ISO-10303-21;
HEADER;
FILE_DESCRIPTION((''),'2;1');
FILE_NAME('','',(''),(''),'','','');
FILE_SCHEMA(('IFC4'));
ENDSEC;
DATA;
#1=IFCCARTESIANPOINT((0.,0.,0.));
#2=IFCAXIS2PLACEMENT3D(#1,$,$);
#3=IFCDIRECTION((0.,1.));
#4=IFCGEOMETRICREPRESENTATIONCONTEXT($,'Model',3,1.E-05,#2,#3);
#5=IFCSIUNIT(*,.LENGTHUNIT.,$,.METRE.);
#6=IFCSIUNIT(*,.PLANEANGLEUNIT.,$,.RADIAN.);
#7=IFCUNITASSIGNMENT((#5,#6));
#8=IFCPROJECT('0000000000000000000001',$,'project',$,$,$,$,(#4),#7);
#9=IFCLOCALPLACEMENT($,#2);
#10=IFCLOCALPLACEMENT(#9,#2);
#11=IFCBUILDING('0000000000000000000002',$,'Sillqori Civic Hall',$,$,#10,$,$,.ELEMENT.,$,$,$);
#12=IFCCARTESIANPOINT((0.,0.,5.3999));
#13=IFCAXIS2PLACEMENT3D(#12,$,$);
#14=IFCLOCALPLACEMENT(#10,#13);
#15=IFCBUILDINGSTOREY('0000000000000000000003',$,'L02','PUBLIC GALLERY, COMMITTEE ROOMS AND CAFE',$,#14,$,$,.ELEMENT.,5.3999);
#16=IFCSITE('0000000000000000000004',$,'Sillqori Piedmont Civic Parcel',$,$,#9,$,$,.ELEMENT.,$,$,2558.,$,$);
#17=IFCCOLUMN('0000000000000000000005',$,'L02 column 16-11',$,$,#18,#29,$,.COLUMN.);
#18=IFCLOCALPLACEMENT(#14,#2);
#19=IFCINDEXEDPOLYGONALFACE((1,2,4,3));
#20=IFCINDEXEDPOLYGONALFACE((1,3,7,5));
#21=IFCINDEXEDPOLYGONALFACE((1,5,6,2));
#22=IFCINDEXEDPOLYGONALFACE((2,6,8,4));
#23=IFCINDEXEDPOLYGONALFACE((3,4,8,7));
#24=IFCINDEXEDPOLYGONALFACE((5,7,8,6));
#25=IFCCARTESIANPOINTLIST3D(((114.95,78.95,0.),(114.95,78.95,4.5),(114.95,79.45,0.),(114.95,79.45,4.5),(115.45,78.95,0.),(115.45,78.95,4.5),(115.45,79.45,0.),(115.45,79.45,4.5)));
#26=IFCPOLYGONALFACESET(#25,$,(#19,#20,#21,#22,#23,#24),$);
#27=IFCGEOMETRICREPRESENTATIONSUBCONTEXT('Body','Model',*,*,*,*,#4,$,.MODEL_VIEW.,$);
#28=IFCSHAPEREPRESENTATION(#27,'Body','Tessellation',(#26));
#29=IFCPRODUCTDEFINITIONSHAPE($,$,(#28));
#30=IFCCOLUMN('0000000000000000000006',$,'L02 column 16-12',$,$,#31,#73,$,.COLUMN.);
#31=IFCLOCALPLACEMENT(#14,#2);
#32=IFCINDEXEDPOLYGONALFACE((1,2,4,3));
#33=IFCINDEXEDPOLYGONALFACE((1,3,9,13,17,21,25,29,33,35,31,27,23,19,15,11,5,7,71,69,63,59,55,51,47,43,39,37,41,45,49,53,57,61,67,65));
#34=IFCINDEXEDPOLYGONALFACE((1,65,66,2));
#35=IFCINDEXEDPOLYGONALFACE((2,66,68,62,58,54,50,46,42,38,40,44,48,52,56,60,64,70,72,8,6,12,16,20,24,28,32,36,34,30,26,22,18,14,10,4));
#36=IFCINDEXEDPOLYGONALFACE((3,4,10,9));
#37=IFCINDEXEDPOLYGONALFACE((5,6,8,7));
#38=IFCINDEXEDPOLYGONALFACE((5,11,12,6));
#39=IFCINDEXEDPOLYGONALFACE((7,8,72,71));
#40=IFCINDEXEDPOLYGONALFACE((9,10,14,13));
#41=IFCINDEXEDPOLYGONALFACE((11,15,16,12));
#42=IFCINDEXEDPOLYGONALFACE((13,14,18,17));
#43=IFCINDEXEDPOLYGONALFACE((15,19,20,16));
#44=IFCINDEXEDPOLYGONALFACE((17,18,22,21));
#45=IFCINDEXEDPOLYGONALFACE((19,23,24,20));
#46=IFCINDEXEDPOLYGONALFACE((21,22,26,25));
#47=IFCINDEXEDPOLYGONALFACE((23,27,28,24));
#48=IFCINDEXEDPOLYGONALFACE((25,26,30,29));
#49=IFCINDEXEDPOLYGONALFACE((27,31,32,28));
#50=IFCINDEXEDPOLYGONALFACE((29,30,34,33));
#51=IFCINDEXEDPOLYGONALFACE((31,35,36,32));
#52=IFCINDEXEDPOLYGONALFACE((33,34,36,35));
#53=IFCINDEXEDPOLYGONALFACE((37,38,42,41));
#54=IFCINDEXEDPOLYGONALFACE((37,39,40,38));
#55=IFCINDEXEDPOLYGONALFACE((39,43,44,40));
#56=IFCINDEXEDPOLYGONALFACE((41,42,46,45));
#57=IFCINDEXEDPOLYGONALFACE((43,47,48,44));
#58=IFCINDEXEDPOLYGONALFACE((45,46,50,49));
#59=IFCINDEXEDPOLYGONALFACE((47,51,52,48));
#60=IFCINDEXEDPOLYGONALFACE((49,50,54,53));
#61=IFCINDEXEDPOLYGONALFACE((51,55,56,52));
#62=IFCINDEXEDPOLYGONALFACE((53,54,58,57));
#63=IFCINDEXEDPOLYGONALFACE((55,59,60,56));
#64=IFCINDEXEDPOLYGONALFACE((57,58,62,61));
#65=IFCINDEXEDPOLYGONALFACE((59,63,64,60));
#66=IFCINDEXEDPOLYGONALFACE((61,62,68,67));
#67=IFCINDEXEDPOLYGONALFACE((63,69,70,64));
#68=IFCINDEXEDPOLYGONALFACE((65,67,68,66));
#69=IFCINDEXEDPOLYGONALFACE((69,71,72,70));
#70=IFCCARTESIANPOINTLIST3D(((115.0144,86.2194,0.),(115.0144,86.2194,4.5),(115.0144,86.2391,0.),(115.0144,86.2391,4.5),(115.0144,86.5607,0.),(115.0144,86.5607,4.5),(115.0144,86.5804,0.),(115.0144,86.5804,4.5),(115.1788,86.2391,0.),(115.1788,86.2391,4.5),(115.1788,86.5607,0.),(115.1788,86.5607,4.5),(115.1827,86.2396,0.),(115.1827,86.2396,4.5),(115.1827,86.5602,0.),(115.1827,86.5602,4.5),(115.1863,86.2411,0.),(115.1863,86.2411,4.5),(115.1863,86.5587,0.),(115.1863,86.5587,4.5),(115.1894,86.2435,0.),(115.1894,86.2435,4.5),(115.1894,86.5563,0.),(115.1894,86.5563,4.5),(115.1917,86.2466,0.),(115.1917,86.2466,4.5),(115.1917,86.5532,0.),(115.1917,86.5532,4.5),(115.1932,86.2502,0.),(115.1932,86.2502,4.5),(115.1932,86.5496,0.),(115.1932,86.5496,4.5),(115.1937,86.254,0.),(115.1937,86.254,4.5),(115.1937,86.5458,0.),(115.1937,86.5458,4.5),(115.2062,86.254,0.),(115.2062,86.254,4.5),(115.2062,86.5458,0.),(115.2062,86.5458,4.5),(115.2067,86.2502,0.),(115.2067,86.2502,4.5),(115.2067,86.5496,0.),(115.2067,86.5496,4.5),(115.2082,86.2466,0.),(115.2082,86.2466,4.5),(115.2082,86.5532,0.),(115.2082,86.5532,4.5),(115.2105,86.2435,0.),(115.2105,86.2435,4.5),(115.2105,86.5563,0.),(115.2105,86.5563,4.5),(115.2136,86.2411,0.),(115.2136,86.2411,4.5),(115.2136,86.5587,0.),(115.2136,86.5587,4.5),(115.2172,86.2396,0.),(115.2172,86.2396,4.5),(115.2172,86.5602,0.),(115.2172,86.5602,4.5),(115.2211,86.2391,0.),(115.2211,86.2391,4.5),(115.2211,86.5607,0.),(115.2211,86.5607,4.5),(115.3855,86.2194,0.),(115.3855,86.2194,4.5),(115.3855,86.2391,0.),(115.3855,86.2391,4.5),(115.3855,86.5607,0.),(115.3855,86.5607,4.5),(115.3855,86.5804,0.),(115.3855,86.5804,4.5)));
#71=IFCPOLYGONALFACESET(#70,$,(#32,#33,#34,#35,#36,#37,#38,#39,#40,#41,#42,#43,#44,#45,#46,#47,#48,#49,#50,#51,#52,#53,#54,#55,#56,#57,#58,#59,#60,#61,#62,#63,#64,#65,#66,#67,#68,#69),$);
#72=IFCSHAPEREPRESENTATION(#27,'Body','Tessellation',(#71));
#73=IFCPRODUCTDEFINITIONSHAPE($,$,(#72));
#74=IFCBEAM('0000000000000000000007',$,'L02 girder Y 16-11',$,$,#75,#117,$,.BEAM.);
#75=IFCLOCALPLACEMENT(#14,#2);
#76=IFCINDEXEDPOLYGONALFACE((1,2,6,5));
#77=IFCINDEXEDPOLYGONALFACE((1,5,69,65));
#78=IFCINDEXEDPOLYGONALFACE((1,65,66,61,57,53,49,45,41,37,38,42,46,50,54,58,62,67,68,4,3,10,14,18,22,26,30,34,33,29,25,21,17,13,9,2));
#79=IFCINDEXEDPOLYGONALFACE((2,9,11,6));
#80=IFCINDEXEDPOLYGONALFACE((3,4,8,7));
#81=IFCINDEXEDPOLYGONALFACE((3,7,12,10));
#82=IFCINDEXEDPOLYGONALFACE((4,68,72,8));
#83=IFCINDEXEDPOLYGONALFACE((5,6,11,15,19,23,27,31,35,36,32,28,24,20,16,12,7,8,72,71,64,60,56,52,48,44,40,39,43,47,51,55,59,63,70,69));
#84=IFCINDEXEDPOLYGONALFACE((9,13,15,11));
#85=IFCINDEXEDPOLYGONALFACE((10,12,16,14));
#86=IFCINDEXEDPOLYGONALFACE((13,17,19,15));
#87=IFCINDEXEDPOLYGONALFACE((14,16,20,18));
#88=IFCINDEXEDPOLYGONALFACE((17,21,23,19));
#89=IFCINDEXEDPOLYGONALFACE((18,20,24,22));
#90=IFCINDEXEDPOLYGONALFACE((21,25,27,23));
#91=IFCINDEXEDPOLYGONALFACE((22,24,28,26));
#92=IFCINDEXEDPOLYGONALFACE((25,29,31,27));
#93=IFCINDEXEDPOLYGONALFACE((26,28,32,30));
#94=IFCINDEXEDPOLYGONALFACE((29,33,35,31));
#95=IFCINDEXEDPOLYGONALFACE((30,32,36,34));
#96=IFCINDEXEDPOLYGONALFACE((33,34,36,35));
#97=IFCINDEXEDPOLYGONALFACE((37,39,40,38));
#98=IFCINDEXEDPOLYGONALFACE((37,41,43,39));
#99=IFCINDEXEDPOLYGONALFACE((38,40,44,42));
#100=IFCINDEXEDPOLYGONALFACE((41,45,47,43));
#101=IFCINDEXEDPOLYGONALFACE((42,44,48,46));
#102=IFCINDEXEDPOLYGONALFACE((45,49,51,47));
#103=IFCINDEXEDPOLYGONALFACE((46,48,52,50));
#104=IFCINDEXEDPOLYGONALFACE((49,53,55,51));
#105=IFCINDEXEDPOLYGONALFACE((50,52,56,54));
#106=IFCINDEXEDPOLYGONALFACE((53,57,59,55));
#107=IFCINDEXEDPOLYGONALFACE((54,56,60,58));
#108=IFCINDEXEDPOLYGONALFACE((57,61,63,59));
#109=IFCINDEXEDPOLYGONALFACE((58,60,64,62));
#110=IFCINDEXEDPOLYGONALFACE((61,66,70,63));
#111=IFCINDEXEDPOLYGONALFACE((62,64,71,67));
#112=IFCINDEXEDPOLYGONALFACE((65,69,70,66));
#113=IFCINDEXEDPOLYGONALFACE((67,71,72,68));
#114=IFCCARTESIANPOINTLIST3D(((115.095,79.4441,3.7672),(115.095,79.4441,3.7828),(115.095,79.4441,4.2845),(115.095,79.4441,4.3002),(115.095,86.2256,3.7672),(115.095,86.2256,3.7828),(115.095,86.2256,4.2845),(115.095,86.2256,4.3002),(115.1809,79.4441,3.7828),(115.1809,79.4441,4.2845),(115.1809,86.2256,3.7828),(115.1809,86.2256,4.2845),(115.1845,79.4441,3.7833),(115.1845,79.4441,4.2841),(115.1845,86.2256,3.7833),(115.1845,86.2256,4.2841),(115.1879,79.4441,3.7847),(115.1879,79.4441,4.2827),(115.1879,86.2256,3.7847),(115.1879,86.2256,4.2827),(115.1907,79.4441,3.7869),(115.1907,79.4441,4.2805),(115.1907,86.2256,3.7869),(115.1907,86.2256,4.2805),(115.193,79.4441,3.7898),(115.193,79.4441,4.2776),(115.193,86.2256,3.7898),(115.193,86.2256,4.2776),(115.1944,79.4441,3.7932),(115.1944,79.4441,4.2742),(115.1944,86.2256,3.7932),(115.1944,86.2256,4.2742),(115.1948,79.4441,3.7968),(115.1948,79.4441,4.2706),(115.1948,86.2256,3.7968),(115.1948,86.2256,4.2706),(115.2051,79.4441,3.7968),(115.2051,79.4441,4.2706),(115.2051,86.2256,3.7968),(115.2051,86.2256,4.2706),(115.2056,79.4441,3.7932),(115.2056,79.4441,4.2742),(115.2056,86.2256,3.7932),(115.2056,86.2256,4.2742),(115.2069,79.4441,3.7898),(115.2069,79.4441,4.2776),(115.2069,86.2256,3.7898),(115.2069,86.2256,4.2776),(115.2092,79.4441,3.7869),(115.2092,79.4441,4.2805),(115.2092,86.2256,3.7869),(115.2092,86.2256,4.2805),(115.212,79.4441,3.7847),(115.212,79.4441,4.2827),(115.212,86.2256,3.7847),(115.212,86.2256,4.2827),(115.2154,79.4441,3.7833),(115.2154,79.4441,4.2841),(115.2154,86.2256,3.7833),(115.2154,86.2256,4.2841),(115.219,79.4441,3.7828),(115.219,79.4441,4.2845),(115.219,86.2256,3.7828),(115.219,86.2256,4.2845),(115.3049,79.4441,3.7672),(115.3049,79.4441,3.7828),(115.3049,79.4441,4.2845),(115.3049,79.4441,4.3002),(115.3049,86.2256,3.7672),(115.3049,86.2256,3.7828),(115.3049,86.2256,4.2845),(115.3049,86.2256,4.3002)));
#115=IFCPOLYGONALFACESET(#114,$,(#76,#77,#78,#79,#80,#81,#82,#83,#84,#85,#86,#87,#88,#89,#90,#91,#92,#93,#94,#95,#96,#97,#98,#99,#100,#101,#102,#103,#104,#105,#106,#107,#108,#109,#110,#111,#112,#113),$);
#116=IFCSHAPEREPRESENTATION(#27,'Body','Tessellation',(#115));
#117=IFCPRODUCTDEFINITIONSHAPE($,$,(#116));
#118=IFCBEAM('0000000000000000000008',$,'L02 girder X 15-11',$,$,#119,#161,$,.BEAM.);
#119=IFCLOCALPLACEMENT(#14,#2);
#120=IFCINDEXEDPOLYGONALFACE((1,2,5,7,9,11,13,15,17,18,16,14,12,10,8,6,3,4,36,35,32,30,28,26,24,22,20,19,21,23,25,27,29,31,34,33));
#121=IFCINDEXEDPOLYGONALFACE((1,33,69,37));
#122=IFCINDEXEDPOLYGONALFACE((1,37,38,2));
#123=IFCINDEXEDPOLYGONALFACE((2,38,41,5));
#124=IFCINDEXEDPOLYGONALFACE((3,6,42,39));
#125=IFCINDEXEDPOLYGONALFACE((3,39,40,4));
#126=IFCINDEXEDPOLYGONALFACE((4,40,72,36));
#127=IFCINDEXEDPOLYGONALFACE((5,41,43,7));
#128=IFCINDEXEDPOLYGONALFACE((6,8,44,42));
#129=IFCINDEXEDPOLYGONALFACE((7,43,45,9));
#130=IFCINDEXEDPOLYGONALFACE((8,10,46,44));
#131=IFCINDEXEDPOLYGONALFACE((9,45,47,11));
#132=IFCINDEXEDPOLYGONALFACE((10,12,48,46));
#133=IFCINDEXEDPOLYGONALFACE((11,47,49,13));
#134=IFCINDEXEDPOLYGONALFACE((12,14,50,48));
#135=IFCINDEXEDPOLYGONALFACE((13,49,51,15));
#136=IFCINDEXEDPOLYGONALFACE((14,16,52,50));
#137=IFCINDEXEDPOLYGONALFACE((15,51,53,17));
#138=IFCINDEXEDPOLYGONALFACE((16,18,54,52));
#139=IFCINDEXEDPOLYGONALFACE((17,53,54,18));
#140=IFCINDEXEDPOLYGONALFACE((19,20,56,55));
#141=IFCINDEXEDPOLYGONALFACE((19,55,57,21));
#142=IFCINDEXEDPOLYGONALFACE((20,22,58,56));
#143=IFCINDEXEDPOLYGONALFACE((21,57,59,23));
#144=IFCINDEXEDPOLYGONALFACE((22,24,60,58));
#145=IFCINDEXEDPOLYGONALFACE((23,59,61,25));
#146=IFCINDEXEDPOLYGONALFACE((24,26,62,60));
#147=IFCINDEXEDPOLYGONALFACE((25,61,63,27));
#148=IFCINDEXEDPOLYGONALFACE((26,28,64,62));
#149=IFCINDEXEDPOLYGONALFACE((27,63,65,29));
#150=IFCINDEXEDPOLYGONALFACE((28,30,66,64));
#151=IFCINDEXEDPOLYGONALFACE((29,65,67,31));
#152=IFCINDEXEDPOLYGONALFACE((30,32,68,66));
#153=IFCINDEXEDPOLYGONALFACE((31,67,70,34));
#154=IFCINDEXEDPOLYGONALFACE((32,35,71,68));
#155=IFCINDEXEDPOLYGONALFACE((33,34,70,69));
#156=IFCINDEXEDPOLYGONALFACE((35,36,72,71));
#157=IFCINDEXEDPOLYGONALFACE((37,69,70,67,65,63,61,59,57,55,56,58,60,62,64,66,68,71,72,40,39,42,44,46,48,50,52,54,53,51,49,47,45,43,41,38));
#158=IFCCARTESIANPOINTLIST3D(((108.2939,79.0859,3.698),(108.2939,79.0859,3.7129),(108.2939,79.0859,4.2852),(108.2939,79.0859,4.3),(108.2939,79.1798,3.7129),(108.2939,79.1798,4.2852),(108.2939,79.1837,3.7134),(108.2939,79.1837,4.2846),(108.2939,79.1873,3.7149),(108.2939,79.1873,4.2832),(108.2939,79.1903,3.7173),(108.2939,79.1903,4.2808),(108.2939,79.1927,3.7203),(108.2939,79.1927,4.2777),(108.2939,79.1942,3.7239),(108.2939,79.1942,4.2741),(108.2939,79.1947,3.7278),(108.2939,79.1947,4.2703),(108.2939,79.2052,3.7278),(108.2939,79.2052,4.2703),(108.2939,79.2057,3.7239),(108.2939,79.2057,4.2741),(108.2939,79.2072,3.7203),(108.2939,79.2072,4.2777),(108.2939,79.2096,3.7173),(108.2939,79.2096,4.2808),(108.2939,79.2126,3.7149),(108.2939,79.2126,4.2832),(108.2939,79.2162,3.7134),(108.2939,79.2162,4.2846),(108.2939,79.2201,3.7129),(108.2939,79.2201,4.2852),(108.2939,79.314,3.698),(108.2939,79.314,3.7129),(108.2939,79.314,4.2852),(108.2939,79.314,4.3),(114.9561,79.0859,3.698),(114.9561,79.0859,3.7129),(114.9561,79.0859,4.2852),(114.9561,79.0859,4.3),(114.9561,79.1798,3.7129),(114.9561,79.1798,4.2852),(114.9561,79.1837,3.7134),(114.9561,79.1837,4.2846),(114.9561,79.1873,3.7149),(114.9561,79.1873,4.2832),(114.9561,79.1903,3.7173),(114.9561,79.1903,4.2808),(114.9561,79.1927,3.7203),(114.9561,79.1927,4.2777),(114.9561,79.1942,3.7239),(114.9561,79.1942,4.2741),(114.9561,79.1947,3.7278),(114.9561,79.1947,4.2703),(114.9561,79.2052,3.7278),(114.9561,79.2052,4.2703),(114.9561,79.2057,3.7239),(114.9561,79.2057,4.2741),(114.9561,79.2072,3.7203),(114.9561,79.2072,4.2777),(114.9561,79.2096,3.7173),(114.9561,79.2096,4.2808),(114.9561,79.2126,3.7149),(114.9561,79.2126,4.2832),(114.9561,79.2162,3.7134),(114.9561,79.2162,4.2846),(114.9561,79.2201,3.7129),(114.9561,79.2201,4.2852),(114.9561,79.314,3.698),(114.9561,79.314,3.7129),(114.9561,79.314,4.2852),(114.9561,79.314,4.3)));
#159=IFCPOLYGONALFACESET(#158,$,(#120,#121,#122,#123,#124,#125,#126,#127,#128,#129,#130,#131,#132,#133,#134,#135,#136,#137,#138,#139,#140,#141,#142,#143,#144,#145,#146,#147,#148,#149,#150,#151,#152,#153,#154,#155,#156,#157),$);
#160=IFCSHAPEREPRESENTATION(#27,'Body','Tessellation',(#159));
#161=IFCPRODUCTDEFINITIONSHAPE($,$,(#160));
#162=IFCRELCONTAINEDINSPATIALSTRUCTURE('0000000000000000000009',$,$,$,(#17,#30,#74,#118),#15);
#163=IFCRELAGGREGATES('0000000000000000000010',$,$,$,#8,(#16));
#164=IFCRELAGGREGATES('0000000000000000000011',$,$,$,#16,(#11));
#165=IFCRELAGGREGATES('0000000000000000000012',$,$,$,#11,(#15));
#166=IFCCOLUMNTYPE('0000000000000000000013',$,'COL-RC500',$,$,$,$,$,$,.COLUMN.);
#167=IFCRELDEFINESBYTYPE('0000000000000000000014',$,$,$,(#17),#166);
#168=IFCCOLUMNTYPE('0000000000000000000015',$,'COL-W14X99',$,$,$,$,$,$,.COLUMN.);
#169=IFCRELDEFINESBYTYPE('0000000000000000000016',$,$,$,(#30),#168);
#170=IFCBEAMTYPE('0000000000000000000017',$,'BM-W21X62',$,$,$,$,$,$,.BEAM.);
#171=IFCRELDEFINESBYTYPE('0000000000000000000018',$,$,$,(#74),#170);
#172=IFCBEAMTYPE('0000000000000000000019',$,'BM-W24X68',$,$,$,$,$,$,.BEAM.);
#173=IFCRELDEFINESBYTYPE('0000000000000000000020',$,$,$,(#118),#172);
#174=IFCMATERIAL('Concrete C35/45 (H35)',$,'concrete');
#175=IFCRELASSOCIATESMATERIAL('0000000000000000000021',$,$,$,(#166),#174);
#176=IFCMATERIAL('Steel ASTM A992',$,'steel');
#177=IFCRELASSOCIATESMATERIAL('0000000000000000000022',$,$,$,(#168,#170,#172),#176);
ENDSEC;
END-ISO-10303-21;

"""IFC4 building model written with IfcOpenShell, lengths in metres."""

from ifc_helpers import new_model, si_unit, direction, frame, origin, origin_2d, place, context, subcontext, project, spatial, rectangle, i_section, extrude, material, material_profile, profile_set, type_object, element, save


model = new_model("IFC4")

# Units and contexts
model_context = context("Model", 3, precision=1e-05, world=origin(), true_north=direction((0.0, 1.0)))
body_context = subcontext(model_context, "Body", "Model", "MODEL_VIEW")
ifc_project = project(units=[si_unit("LENGTHUNIT", "METRE"), si_unit("PLANEANGLEUNIT", "RADIAN")], contexts=[model_context])

# Site, building, storey
site_placement = place(None, origin())
site = spatial("IfcSite", under=ifc_project, at=site_placement, Name="Sillqori Piedmont Civic Parcel", CompositionType="ELEMENT", RefElevation=2558.0)
building_placement = place(site_placement, origin())
building = spatial("IfcBuilding", under=site, at=building_placement, Name="Sillqori Civic Hall", CompositionType="ELEMENT")
storey_placement = place(building_placement, frame((0.0, 0.0, 5.3999)))
storey = spatial("IfcBuildingStorey", under=building, at=storey_placement, Name="L02", Description="PUBLIC GALLERY, COMMITTEE ROOMS AND CAFE", CompositionType="ELEMENT", Elevation=5.3999)

# Columns
ifc_material_1 = material(Name="Concrete C35/45 (H35)", Category="concrete")
ifc_material_profile_1 = material_profile(ifc_material_1, rectangle(XDim=0.5, YDim=0.5, at=origin_2d()), Name="RC 500x500")
ifc_profile_set_1 = profile_set([ifc_material_profile_1], Name="Concrete C35/45 (H35)")
column_type_1 = type_object("IfcColumnType", Name="COL-RC500", PredefinedType="COLUMN", material=ifc_profile_set_1)
column_1_placement = place(storey_placement, frame((115.2, 79.2, 0.0), z_axis=(0.0, 0.0, 1.0), x_axis=(1.0, 0.0, 0.0)))
element("IfcColumn", 1, at=column_1_placement, inside=storey, type_object=column_type_1, Name="L02 column 16-11", PredefinedType="COLUMN", context=body_context, shape_type="SweptSolid", body=[
    extrude(rectangle(XDim=0.5, YDim=0.5, at=origin_2d()), origin(), (0.0, 0.0, 1.0), 4.5),
])
ifc_material_2 = material(Name="Steel ASTM A992", Category="steel")
ifc_material_profile_2 = material_profile(ifc_material_2, i_section(OverallWidth=0.3711, OverallDepth=0.3611, WebThickness=0.0125, FlangeThickness=0.0198, FilletRadius=0.0149, at=origin_2d()), Name="W14X99")
ifc_profile_set_2 = profile_set([ifc_material_profile_2], Name="Steel ASTM A992")
column_type_2 = type_object("IfcColumnType", Name="COL-W14X99", PredefinedType="COLUMN", material=ifc_profile_set_2)
column_2_placement = place(storey_placement, frame((115.2, 86.3999, 0.0), z_axis=(0.0, 0.0, 1.0), x_axis=(1.0, 0.0, 0.0)))
element("IfcColumn", 2, at=column_2_placement, inside=storey, type_object=column_type_2, Name="L02 column 16-12", PredefinedType="COLUMN", context=body_context, shape_type="SweptSolid", body=[
    extrude(i_section(OverallWidth=0.3711, OverallDepth=0.3611, WebThickness=0.0125, FlangeThickness=0.0198, FilletRadius=0.0149, at=origin_2d()), origin(), (0.0, 0.0, 1.0), 4.5),
])

# Beams
ifc_material_profile_3 = material_profile(ifc_material_2, i_section(OverallWidth=0.21, OverallDepth=0.533, WebThickness=0.0103, FlangeThickness=0.0156, FilletRadius=0.0139, at=origin_2d()), Name="W21X62")
ifc_profile_set_3 = profile_set([ifc_material_profile_3], Name="Steel ASTM A992")
beam_type_1 = type_object("IfcBeamType", Name="BM-W21X62", PredefinedType="BEAM", material=ifc_profile_set_3)
beam_1_placement = place(storey_placement, frame((115.2, 79.4441, 4.0337), z_axis=(0.0, 1.0, 0.0), x_axis=(-1.0, 0.0, 0.0)))
element("IfcBeam", 3, at=beam_1_placement, inside=storey, type_object=beam_type_1, Name="L02 girder Y 16-11", PredefinedType="BEAM", context=body_context, shape_type="SweptSolid", body=[
    extrude(i_section(OverallWidth=0.21, OverallDepth=0.533, WebThickness=0.0103, FlangeThickness=0.0156, FilletRadius=0.0139, at=origin_2d()), origin(), (0.0, 0.0, 1.0), 6.7815),
])
ifc_material_profile_4 = material_profile(ifc_material_2, i_section(OverallWidth=0.228, OverallDepth=0.6021, WebThickness=0.0105, FlangeThickness=0.0149, FilletRadius=0.0149, at=origin_2d()), Name="W24X68")
ifc_profile_set_4 = profile_set([ifc_material_profile_4], Name="Steel ASTM A992")
beam_type_2 = type_object("IfcBeamType", Name="BM-W24X68", PredefinedType="BEAM", material=ifc_profile_set_4)
beam_2_placement = place(storey_placement, frame((108.2939, 79.2, 3.999), z_axis=(1.0, 0.0, 0.0), x_axis=(0.0, 1.0, 0.0)))
element("IfcBeam", 4, at=beam_2_placement, inside=storey, type_object=beam_type_2, Name="L02 girder X 15-11", PredefinedType="BEAM", context=body_context, shape_type="SweptSolid", body=[
    extrude(i_section(OverallWidth=0.228, OverallDepth=0.6021, WebThickness=0.0105, FlangeThickness=0.0149, FilletRadius=0.0149, at=origin_2d()), origin(), (0.0, 0.0, 1.0), 6.6621),
])

save(model, "model.ifc")
